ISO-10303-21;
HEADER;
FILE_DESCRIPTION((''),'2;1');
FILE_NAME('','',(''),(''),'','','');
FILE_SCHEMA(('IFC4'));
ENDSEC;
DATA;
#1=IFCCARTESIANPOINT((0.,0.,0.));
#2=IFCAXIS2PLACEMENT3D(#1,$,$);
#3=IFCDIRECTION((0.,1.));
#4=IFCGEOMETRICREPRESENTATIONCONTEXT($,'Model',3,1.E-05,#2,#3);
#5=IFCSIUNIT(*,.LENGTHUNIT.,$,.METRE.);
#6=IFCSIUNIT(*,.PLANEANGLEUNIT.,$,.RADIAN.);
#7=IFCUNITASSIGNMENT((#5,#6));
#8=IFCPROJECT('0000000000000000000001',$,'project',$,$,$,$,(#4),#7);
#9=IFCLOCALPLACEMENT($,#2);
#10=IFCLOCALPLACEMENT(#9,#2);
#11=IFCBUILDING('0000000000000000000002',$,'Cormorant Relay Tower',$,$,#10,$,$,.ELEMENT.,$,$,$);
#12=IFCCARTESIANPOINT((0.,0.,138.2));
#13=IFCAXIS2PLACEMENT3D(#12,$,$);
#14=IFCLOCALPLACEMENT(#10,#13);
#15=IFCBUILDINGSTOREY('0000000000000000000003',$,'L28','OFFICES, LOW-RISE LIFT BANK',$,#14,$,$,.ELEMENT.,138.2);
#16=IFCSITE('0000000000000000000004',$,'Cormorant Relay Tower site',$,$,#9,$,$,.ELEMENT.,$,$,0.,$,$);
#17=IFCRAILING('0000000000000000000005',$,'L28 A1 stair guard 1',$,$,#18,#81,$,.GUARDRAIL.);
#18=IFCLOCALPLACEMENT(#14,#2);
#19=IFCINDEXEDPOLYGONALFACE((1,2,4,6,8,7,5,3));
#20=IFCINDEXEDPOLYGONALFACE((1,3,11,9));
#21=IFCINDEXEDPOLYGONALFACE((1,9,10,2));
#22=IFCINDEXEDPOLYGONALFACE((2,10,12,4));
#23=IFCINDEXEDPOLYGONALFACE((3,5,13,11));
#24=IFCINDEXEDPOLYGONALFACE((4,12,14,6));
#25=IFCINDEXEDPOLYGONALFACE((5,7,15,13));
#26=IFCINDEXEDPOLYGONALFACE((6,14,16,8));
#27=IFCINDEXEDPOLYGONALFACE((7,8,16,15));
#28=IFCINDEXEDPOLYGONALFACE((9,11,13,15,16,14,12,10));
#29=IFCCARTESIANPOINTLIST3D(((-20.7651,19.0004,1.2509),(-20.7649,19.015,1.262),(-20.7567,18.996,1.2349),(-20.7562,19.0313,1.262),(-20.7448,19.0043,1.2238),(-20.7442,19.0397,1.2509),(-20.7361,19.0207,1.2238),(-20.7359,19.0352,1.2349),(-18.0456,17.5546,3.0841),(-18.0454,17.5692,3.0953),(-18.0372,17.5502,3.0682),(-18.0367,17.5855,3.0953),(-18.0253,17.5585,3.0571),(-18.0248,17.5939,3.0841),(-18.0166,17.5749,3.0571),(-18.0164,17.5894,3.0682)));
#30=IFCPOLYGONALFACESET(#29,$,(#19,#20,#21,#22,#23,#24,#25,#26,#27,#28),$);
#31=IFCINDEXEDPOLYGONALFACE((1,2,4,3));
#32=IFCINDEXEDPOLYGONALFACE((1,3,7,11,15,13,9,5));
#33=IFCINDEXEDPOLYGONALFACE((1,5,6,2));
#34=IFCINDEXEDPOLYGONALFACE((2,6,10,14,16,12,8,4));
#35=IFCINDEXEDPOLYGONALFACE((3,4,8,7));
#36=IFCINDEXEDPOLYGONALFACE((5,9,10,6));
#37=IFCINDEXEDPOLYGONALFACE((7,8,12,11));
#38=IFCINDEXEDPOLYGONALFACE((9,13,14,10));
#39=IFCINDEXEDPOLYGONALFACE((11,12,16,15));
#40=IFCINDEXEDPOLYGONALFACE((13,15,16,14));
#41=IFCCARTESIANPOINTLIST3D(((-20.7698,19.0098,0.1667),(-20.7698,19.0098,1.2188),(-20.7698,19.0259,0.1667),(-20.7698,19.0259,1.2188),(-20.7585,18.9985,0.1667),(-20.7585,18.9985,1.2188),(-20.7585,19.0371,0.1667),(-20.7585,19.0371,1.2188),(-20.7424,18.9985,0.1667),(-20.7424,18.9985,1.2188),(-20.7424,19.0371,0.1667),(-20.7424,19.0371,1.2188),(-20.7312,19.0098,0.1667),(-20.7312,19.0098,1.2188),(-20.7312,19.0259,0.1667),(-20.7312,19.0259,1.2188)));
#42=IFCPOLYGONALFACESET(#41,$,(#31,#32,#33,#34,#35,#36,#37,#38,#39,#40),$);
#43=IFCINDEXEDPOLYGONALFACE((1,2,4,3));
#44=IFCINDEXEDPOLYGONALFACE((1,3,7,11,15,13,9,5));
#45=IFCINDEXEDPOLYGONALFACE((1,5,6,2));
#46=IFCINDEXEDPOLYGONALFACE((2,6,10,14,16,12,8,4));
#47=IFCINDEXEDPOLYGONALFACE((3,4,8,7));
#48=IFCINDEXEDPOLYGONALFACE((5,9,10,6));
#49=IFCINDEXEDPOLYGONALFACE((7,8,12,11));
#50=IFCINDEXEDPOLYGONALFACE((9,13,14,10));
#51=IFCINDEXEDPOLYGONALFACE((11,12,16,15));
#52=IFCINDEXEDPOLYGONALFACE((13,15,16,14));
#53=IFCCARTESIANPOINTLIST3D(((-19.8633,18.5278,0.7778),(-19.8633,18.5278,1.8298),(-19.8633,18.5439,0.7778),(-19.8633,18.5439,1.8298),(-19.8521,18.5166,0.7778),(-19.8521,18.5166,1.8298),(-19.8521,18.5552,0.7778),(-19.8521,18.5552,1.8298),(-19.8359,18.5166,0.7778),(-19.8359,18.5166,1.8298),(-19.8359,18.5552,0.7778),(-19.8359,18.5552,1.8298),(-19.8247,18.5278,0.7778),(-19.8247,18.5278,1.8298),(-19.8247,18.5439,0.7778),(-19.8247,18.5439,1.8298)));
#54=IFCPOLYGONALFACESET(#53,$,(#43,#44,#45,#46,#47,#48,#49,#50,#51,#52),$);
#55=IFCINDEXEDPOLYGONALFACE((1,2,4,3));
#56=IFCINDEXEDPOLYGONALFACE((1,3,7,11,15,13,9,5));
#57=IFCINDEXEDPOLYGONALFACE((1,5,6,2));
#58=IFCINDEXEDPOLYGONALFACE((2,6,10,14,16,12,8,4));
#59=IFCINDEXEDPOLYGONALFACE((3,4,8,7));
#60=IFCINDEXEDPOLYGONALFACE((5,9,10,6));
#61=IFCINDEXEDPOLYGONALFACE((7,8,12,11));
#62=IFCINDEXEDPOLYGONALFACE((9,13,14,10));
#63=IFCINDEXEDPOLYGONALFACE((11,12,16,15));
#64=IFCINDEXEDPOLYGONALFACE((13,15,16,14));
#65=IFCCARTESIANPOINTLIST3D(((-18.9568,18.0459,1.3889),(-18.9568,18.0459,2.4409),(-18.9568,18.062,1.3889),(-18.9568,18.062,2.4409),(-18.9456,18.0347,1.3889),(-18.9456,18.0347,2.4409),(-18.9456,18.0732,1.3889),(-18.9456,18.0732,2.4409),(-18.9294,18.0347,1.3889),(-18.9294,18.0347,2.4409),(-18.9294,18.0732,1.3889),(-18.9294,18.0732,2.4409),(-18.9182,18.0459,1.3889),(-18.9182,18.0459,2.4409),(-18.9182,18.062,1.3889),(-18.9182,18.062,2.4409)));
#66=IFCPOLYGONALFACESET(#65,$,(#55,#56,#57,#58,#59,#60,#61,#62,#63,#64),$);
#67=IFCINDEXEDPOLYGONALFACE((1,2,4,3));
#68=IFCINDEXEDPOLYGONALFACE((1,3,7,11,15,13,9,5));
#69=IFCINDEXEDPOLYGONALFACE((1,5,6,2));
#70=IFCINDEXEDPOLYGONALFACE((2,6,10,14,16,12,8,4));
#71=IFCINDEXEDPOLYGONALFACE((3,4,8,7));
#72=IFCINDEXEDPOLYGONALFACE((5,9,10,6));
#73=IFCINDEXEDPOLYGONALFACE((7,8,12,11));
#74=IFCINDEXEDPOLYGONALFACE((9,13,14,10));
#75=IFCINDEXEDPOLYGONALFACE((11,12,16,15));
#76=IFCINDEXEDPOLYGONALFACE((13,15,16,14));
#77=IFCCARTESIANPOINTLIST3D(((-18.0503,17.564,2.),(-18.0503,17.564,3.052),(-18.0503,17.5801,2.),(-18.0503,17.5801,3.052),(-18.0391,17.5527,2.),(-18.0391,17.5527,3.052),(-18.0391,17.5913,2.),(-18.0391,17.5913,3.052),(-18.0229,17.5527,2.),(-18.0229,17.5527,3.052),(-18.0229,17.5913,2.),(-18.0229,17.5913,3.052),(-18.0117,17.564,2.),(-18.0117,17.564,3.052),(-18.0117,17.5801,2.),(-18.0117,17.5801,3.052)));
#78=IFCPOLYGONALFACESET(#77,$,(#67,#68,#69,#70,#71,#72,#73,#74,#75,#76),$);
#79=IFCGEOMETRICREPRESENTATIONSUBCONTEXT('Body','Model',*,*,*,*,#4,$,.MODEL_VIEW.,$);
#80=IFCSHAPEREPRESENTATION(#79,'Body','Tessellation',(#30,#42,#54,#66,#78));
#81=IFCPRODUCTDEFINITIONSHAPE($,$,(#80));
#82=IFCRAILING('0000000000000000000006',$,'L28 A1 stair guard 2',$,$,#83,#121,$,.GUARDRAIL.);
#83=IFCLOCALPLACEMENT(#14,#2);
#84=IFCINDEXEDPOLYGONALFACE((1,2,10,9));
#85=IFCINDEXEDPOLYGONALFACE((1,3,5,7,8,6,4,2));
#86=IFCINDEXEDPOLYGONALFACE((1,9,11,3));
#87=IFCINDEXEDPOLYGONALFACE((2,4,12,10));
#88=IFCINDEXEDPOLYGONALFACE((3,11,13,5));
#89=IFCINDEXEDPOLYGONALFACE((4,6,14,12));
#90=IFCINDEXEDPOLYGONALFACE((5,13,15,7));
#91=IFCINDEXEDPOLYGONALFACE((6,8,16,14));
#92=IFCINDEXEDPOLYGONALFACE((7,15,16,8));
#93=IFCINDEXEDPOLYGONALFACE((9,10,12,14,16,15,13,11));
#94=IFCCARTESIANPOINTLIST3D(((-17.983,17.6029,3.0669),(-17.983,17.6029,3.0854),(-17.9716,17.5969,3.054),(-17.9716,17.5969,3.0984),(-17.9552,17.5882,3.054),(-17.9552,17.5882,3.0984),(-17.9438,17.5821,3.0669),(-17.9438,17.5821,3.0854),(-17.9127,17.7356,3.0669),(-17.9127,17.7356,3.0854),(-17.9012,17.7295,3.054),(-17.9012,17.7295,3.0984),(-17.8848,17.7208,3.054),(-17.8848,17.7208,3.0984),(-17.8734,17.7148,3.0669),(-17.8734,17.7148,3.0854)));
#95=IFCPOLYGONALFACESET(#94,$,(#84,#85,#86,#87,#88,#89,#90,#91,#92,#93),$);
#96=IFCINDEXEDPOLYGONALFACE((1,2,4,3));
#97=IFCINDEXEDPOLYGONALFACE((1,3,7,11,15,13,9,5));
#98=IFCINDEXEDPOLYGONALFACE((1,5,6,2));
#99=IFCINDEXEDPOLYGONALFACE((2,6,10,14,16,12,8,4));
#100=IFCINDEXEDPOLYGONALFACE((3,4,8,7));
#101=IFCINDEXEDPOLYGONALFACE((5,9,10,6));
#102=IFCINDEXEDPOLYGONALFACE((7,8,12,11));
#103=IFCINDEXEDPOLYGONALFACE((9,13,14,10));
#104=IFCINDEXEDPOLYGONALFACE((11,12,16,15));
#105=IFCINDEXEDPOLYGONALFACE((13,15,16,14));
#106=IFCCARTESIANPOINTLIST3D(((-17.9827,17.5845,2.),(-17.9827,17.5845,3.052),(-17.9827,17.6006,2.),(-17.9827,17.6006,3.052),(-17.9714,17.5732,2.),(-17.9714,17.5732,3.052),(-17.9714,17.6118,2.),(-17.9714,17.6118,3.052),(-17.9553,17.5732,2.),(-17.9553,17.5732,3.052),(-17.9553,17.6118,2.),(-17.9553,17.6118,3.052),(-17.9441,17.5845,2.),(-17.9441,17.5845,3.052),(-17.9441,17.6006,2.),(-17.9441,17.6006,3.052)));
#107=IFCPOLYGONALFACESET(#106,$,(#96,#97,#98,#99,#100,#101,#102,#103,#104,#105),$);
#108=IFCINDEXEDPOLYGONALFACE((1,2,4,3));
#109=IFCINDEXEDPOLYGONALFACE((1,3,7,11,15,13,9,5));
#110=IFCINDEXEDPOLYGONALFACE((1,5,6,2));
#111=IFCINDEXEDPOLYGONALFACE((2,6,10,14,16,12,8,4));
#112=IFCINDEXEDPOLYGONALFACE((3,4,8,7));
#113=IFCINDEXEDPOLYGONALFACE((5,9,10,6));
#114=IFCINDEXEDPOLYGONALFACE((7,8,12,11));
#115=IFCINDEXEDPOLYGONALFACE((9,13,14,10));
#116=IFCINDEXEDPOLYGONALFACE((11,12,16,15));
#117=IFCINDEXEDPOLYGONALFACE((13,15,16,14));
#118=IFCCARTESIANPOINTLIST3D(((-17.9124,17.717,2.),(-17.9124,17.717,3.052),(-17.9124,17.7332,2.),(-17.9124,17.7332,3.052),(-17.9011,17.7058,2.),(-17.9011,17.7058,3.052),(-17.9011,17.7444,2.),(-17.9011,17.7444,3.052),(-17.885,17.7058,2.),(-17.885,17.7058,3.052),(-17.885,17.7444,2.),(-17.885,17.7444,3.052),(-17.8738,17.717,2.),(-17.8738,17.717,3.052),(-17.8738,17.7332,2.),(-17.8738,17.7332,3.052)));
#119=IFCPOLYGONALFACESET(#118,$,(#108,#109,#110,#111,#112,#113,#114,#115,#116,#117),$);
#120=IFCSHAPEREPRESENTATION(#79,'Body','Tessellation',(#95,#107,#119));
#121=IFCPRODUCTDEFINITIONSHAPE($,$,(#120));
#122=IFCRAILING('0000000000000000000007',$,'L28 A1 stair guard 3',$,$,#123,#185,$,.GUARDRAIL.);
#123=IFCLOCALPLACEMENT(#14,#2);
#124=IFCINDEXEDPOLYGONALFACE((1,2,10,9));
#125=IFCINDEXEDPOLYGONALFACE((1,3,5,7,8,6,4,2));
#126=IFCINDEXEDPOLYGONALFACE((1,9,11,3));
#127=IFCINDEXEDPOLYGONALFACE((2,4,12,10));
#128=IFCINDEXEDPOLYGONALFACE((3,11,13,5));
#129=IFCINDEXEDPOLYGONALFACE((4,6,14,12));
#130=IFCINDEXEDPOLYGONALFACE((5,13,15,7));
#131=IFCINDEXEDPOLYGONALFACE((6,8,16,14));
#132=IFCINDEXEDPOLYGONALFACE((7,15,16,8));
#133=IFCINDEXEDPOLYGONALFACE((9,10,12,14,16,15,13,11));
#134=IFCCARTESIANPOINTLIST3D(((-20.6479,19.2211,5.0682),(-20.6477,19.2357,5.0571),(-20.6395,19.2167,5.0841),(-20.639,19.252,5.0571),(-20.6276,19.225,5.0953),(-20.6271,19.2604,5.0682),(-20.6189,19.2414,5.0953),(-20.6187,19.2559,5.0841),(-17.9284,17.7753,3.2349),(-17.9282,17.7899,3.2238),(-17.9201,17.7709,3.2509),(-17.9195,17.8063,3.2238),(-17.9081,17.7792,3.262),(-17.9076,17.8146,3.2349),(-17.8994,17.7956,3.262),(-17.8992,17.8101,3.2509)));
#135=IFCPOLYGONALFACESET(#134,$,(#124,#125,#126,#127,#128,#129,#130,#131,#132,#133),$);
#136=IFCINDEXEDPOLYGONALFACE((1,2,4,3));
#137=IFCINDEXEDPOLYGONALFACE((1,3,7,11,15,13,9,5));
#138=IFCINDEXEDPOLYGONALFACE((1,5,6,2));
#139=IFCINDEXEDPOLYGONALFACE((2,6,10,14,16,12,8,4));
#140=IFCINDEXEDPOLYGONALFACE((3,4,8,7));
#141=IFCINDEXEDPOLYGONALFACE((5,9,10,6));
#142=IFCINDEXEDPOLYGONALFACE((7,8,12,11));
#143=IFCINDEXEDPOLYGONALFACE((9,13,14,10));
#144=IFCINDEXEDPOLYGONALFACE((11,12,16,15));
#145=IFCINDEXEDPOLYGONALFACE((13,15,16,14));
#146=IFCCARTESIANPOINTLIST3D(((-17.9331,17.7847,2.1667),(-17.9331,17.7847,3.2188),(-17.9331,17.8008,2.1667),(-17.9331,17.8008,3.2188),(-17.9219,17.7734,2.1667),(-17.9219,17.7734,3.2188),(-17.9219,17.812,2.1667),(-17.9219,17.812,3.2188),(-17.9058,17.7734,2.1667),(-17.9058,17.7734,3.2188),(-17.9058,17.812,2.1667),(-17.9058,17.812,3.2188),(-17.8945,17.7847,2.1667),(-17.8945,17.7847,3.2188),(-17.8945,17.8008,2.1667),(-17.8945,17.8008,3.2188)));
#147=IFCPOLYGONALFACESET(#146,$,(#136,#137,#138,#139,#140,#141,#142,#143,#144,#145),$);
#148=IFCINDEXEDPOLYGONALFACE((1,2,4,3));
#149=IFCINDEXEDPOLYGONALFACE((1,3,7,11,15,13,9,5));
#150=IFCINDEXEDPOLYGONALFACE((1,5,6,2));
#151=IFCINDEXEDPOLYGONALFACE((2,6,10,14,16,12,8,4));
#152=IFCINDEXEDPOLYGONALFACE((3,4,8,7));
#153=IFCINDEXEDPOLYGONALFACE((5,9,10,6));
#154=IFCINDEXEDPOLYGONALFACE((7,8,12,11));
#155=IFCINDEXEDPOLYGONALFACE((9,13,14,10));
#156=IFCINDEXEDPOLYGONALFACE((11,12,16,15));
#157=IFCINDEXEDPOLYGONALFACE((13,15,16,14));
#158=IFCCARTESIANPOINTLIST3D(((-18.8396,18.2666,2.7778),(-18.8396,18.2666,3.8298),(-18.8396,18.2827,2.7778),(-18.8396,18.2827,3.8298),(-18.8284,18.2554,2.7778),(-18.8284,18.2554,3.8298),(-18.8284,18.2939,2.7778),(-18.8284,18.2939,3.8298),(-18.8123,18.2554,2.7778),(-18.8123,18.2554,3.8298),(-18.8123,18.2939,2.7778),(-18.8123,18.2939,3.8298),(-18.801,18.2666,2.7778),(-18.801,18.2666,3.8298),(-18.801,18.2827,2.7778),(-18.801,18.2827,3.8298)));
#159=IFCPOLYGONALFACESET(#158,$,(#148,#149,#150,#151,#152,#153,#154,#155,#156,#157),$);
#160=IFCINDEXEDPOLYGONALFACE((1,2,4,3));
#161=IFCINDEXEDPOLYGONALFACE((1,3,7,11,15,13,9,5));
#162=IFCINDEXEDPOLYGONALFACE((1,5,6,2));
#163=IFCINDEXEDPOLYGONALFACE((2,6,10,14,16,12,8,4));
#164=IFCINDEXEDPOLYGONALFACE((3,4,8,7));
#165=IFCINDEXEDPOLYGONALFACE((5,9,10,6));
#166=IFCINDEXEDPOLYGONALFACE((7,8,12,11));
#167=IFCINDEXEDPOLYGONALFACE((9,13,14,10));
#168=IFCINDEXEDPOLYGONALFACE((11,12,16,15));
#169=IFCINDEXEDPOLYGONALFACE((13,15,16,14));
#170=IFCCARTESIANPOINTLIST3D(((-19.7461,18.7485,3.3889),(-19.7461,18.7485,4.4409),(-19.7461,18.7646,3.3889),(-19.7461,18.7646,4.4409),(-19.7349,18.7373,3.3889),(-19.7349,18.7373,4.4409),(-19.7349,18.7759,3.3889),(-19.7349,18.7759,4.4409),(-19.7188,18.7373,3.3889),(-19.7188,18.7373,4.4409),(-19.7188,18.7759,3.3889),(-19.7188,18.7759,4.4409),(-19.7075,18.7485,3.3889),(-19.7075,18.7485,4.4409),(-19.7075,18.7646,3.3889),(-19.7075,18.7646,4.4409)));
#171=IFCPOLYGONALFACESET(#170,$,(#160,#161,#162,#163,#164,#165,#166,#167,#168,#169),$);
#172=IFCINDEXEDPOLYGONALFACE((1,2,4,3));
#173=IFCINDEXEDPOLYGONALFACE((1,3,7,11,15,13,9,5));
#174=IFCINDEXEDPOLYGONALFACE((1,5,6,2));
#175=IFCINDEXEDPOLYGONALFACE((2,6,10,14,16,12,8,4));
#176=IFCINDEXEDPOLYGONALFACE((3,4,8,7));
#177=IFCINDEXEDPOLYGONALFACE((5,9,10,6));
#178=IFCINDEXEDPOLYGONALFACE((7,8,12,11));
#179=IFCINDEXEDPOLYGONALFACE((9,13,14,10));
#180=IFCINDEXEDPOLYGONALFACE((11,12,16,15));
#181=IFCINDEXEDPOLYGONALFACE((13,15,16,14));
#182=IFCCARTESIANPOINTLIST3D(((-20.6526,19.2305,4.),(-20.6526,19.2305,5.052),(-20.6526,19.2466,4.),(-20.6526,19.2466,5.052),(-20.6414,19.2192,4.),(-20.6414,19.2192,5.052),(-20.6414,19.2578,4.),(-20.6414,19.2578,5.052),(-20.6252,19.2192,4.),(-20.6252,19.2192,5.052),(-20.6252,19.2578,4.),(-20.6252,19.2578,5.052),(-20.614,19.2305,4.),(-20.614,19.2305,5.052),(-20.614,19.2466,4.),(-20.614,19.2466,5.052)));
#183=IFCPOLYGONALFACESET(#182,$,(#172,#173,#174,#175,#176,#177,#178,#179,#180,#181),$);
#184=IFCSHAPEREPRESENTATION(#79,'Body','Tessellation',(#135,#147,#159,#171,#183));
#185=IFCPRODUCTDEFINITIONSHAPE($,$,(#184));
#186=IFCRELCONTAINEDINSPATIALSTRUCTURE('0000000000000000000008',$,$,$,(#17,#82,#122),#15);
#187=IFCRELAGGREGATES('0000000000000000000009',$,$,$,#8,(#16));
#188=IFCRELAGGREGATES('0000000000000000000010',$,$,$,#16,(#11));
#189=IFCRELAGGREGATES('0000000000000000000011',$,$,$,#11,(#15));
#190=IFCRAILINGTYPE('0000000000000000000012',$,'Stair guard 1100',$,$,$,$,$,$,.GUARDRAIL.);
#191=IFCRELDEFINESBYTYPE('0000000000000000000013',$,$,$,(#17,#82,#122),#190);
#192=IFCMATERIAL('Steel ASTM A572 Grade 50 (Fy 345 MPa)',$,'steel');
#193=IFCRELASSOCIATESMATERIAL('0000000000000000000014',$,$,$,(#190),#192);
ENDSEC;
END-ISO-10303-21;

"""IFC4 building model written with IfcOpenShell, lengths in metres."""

from ifc_helpers import new_model, si_unit, direction, frame, origin, place, context, subcontext, project, spatial, polyline, outline, extrude, material, type_object, element, save


model = new_model("IFC4")

# Units and contexts
model_context = context("Model", 3, precision=1e-05, world=origin(), true_north=direction((0.0, 1.0)))
body_context = subcontext(model_context, "Body", "Model", "MODEL_VIEW")
ifc_project = project(units=[si_unit("LENGTHUNIT", "METRE"), si_unit("PLANEANGLEUNIT", "RADIAN")], contexts=[model_context])

# Site, building, storey
site_placement = place(None, origin())
site = spatial("IfcSite", under=ifc_project, at=site_placement, Name="Cormorant Relay Tower site", CompositionType="ELEMENT", RefElevation=0.0)
building_placement = place(site_placement, origin())
building = spatial("IfcBuilding", under=site, at=building_placement, Name="Cormorant Relay Tower", CompositionType="ELEMENT")
storey_placement = place(building_placement, frame((0.0, 0.0, 138.2)))
storey = spatial("IfcBuildingStorey", under=building, at=storey_placement, Name="L28", Description="OFFICES, LOW-RISE LIFT BANK", CompositionType="ELEMENT", Elevation=138.2)

# Railings
ifc_material_1 = material(Name="Steel ASTM A572 Grade 50 (Fy 345 MPa)", Category="steel")
railing_type_1 = type_object("IfcRailingType", Name="Stair guard 1100", PredefinedType="GUARDRAIL", material=ifc_material_1)
railing_1_placement = place(storey_placement, frame((-20.7505, 19.0178, 0.1667)))
element("IfcRailing", 1, at=railing_1_placement, inside=storey, type_object=railing_type_1, Name="L28 A1 stair guard 1", PredefinedType="GUARDRAIL", context=body_context, shape_type="SweptSolid", body=[
    extrude(outline(polyline([(0.0222, 0.0093), (0.0093, 0.0222), (-0.0093, 0.0222), (-0.0222, 0.0093), (-0.0222, -0.0093), (-0.0093, -0.0222), (0.0093, -0.0222), (0.0222, -0.0093), (0.0222, 0.0093)])), frame((0.0, 0.0, 1.0762), z_axis=(0.758735, -0.403378, 0.511477), x_axis=(0.469428, 0.882971, 0.0)), (0.0, 0.0, 1.0), 3.5842),
    extrude(outline(polyline([(0.0193, 0.0081), (0.0081, 0.0193), (-0.0081, 0.0193), (-0.0193, 0.0081), (-0.0193, -0.0081), (-0.0081, -0.0193), (0.0081, -0.0193), (0.0193, -0.0081), (0.0193, 0.0081)])), origin(), (0.0, 0.0, 1.0), 1.052),
    extrude(outline(polyline([(0.0193, 0.0081), (0.0081, 0.0193), (-0.0081, 0.0193), (-0.0193, 0.0081), (-0.0193, -0.0081), (-0.0081, -0.0193), (0.0081, -0.0193), (0.0193, -0.0081), (0.0193, 0.0081)])), frame((0.9065, -0.4819, 0.6111)), (0.0, 0.0, 1.0), 1.052),
    extrude(outline(polyline([(0.0193, 0.0081), (0.0081, 0.0193), (-0.0081, 0.0193), (-0.0193, 0.0081), (-0.0193, -0.0081), (-0.0081, -0.0193), (0.0081, -0.0193), (0.0193, -0.0081), (0.0193, 0.0081)])), frame((1.813, -0.9639, 1.2222)), (0.0, 0.0, 1.0), 1.052),
    extrude(outline(polyline([(0.0193, 0.0081), (0.0081, 0.0193), (-0.0081, 0.0193), (-0.0193, 0.0081), (-0.0193, -0.0081), (-0.0081, -0.0193), (0.0081, -0.0193), (0.0193, -0.0081), (0.0193, 0.0081)])), frame((2.7195, -1.4458, 1.8333)), (0.0, 0.0, 1.0), 1.052),
])
railing_2_placement = place(storey_placement, frame((-17.9634, 17.5925, 2.0)))
element("IfcRailing", 2, at=railing_2_placement, inside=storey, type_object=railing_type_1, Name="L28 A1 stair guard 2", PredefinedType="GUARDRAIL", context=body_context, shape_type="SweptSolid", body=[
    extrude(outline(polyline([(0.0222, 0.0093), (0.0093, 0.0222), (-0.0093, 0.0222), (-0.0222, 0.0093), (-0.0222, -0.0093), (-0.0093, -0.0222), (0.0093, -0.0222), (0.0222, -0.0093), (0.0222, 0.0093)])), frame((0.0, 0.0, 1.0762), z_axis=(0.46856, 0.883431, 0.0), x_axis=(-0.883431, 0.46856, 0.0)), (0.0, 0.0, 1.0), 0.1501),
    extrude(outline(polyline([(0.0193, 0.0081), (0.0081, 0.0193), (-0.0081, 0.0193), (-0.0193, 0.0081), (-0.0193, -0.0081), (-0.0081, -0.0193), (0.0081, -0.0193), (0.0193, -0.0081), (0.0193, 0.0081)])), origin(), (0.0, 0.0, 1.0), 1.052),
    extrude(outline(polyline([(0.0193, 0.0081), (0.0081, 0.0193), (-0.0081, 0.0193), (-0.0193, 0.0081), (-0.0193, -0.0081), (-0.0081, -0.0193), (0.0081, -0.0193), (0.0193, -0.0081), (0.0193, 0.0081)])), frame((0.0703, 0.1326, 0.0)), (0.0, 0.0, 1.0), 1.052),
])
railing_3_placement = place(storey_placement, frame((-17.9138, 17.7927, 2.1667)))
element("IfcRailing", 3, at=railing_3_placement, inside=storey, type_object=railing_type_1, Name="L28 A1 stair guard 3", PredefinedType="GUARDRAIL", context=body_context, shape_type="SweptSolid", body=[
    extrude(outline(polyline([(0.0222, 0.0093), (0.0093, 0.0222), (-0.0093, 0.0222), (-0.0222, 0.0093), (-0.0222, -0.0093), (-0.0093, -0.0222), (0.0093, -0.0222), (0.0222, -0.0093), (0.0222, 0.0093)])), frame((0.0, 0.0, 1.0762), z_axis=(-0.758735, 0.403378, 0.511477), x_axis=(-0.469428, -0.882971, 0.0)), (0.0, 0.0, 1.0), 3.5842),
    extrude(outline(polyline([(0.0193, 0.0081), (0.0081, 0.0193), (-0.0081, 0.0193), (-0.0193, 0.0081), (-0.0193, -0.0081), (-0.0081, -0.0193), (0.0081, -0.0193), (0.0193, -0.0081), (0.0193, 0.0081)])), origin(), (0.0, 0.0, 1.0), 1.052),
    extrude(outline(polyline([(0.0193, 0.0081), (0.0081, 0.0193), (-0.0081, 0.0193), (-0.0193, 0.0081), (-0.0193, -0.0081), (-0.0081, -0.0193), (0.0081, -0.0193), (0.0193, -0.0081), (0.0193, 0.0081)])), frame((-0.9065, 0.4819, 0.6111)), (0.0, 0.0, 1.0), 1.052),
    extrude(outline(polyline([(0.0193, 0.0081), (0.0081, 0.0193), (-0.0081, 0.0193), (-0.0193, 0.0081), (-0.0193, -0.0081), (-0.0081, -0.0193), (0.0081, -0.0193), (0.0193, -0.0081), (0.0193, 0.0081)])), frame((-1.813, 0.9639, 1.2222)), (0.0, 0.0, 1.0), 1.052),
    extrude(outline(polyline([(0.0193, 0.0081), (0.0081, 0.0193), (-0.0081, 0.0193), (-0.0193, 0.0081), (-0.0193, -0.0081), (-0.0081, -0.0193), (0.0081, -0.0193), (0.0193, -0.0081), (0.0193, 0.0081)])), frame((-2.7195, 1.4458, 1.8333)), (0.0, 0.0, 1.0), 1.052),
])

save(model, "model.ifc")
